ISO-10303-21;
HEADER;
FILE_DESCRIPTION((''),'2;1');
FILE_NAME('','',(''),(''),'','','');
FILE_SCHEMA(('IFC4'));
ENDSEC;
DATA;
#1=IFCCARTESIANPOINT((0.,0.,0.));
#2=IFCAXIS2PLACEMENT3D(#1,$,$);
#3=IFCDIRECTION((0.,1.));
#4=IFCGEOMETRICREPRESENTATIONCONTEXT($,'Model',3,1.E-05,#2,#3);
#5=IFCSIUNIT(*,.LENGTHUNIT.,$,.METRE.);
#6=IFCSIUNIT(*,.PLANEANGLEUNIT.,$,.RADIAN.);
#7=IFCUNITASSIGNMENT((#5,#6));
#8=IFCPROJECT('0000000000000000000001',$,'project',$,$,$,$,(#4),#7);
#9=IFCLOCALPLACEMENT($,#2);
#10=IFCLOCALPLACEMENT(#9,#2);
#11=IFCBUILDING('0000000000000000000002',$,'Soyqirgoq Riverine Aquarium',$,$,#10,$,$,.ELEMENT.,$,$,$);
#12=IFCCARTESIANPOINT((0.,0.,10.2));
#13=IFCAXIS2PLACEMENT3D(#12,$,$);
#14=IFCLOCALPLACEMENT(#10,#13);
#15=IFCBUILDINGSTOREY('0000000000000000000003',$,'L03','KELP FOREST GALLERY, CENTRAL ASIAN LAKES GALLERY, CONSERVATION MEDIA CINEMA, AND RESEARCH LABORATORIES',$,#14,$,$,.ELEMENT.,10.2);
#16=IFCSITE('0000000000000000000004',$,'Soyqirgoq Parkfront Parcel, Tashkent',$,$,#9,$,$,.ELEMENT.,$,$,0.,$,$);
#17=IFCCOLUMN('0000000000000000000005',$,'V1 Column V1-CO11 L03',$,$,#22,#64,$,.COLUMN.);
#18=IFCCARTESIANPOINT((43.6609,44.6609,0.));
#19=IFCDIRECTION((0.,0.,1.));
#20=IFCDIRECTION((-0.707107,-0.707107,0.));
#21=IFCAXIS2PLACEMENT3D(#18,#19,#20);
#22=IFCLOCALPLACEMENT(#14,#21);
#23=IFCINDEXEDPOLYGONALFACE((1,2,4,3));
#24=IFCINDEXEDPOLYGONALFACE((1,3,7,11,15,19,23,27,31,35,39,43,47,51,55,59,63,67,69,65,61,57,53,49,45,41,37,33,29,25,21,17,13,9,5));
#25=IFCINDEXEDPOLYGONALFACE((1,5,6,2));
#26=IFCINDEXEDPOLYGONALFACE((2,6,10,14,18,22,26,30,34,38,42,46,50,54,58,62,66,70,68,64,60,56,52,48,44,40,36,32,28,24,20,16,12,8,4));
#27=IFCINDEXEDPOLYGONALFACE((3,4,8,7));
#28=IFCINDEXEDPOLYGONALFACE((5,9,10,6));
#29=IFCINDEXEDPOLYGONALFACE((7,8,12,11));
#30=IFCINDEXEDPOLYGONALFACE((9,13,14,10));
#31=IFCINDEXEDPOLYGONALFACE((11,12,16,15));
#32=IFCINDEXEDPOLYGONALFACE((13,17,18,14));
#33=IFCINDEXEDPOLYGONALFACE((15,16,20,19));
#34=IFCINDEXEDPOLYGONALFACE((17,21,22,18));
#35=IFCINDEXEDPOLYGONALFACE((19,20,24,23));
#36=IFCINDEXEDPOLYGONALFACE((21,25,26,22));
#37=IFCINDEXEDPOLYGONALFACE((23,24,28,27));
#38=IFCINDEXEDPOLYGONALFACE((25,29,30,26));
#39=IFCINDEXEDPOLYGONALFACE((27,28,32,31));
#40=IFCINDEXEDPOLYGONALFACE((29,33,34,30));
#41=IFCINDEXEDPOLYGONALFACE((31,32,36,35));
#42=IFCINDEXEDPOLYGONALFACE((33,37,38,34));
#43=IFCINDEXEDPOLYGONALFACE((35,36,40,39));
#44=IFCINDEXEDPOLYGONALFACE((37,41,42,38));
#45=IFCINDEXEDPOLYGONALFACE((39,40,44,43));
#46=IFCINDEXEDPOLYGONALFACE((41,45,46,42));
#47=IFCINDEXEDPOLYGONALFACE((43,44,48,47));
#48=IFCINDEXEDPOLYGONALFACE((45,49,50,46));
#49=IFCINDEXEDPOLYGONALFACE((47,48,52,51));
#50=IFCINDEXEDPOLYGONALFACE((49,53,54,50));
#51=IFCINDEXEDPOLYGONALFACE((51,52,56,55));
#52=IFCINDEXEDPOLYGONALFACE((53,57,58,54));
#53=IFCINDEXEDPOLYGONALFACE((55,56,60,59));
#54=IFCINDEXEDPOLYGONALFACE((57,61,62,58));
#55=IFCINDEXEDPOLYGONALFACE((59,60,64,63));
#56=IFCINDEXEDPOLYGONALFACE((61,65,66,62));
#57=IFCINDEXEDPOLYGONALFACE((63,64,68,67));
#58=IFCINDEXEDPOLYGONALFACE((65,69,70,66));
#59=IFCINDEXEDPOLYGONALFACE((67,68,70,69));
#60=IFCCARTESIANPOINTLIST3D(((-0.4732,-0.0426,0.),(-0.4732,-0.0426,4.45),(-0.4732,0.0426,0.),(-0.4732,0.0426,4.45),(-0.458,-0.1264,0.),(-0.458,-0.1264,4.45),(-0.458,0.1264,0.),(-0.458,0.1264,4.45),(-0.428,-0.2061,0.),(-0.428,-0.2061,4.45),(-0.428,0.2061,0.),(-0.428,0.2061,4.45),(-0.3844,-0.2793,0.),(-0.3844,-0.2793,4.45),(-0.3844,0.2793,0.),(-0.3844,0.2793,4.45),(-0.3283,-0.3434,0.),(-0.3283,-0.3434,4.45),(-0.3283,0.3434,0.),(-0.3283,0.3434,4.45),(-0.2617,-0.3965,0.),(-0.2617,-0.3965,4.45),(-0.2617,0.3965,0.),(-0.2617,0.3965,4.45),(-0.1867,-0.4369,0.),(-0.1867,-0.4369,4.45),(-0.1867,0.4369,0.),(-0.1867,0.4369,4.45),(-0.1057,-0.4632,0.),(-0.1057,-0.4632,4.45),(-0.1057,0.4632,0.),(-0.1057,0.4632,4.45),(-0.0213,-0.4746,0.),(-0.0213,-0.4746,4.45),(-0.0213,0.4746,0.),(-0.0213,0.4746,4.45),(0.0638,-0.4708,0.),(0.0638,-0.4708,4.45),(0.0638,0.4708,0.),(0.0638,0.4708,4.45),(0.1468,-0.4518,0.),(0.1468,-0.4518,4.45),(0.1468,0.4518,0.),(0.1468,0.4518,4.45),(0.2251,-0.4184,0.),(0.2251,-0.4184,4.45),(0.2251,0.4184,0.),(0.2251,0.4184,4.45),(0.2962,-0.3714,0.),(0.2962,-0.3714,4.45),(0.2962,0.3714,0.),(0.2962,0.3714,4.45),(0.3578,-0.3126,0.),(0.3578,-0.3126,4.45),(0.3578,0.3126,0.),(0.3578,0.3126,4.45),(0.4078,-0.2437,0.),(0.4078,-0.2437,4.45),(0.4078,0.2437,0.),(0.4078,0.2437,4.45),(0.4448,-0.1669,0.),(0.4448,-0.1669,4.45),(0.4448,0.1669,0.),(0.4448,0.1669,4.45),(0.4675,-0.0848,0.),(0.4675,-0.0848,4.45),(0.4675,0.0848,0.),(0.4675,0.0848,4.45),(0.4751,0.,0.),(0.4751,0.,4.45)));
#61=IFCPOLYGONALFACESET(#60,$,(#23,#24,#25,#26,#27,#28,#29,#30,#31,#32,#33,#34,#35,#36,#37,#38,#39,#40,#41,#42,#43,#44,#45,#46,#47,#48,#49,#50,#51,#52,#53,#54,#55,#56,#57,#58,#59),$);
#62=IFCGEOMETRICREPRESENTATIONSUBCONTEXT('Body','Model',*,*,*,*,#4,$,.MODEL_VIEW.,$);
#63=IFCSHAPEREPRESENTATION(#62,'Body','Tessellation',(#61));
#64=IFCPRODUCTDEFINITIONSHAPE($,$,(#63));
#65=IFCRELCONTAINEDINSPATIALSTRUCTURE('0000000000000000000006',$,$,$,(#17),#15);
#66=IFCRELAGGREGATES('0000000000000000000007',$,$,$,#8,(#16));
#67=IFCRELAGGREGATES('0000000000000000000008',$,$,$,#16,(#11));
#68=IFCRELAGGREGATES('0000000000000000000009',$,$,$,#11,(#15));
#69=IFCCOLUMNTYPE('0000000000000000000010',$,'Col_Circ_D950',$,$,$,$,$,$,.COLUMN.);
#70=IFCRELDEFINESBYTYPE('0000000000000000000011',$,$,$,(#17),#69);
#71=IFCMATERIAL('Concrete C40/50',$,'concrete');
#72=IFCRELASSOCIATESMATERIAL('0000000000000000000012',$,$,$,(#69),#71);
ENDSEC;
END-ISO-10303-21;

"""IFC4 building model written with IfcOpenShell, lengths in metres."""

from ifc_helpers import new_model, si_unit, direction, frame, origin, origin_2d, place, context, subcontext, project, spatial, circle, extrude, material, material_profile, profile_set, type_object, element, save


model = new_model("IFC4")

# Units and contexts
model_context = context("Model", 3, precision=1e-05, world=origin(), true_north=direction((0.0, 1.0)))
body_context = subcontext(model_context, "Body", "Model", "MODEL_VIEW")
ifc_project = project(units=[si_unit("LENGTHUNIT", "METRE"), si_unit("PLANEANGLEUNIT", "RADIAN")], contexts=[model_context])

# Site, building, storey
site_placement = place(None, origin())
site = spatial("IfcSite", under=ifc_project, at=site_placement, Name="Soyqirgoq Parkfront Parcel, Tashkent", CompositionType="ELEMENT", RefElevation=0.0)
building_placement = place(site_placement, origin())
building = spatial("IfcBuilding", under=site, at=building_placement, Name="Soyqirgoq Riverine Aquarium", CompositionType="ELEMENT")
storey_placement = place(building_placement, frame((0.0, 0.0, 10.2)))
storey = spatial("IfcBuildingStorey", under=building, at=storey_placement, Name="L03", Description="KELP FOREST GALLERY, CENTRAL ASIAN LAKES GALLERY, CONSERVATION MEDIA CINEMA, AND RESEARCH LABORATORIES", CompositionType="ELEMENT", Elevation=10.2)

# Column
ifc_material_1 = material(Name="Concrete C40/50", Category="concrete")
ifc_material_profile_1 = material_profile(ifc_material_1, circle(Radius=0.4751, at=origin_2d()), Name="RC-COL D950")
ifc_profile_set_1 = profile_set([ifc_material_profile_1], Name="Concrete C40/50")
column_type = type_object("IfcColumnType", Name="Col_Circ_D950", PredefinedType="COLUMN", material=ifc_profile_set_1)
column_placement = place(storey_placement, frame((43.6609, 44.6609, 0.0), z_axis=(0.0, 0.0, 1.0), x_axis=(-0.707107, -0.707107, 0.0)))
element("IfcColumn", 1, at=column_placement, inside=storey, type_object=column_type, Name="V1 Column V1-CO11 L03", PredefinedType="COLUMN", context=body_context, shape_type="SweptSolid", body=[
    extrude(circle(Radius=0.4751, at=origin_2d()), origin(), (0.0, 0.0, 1.0), 4.45),
])

save(model, "model.ifc")
